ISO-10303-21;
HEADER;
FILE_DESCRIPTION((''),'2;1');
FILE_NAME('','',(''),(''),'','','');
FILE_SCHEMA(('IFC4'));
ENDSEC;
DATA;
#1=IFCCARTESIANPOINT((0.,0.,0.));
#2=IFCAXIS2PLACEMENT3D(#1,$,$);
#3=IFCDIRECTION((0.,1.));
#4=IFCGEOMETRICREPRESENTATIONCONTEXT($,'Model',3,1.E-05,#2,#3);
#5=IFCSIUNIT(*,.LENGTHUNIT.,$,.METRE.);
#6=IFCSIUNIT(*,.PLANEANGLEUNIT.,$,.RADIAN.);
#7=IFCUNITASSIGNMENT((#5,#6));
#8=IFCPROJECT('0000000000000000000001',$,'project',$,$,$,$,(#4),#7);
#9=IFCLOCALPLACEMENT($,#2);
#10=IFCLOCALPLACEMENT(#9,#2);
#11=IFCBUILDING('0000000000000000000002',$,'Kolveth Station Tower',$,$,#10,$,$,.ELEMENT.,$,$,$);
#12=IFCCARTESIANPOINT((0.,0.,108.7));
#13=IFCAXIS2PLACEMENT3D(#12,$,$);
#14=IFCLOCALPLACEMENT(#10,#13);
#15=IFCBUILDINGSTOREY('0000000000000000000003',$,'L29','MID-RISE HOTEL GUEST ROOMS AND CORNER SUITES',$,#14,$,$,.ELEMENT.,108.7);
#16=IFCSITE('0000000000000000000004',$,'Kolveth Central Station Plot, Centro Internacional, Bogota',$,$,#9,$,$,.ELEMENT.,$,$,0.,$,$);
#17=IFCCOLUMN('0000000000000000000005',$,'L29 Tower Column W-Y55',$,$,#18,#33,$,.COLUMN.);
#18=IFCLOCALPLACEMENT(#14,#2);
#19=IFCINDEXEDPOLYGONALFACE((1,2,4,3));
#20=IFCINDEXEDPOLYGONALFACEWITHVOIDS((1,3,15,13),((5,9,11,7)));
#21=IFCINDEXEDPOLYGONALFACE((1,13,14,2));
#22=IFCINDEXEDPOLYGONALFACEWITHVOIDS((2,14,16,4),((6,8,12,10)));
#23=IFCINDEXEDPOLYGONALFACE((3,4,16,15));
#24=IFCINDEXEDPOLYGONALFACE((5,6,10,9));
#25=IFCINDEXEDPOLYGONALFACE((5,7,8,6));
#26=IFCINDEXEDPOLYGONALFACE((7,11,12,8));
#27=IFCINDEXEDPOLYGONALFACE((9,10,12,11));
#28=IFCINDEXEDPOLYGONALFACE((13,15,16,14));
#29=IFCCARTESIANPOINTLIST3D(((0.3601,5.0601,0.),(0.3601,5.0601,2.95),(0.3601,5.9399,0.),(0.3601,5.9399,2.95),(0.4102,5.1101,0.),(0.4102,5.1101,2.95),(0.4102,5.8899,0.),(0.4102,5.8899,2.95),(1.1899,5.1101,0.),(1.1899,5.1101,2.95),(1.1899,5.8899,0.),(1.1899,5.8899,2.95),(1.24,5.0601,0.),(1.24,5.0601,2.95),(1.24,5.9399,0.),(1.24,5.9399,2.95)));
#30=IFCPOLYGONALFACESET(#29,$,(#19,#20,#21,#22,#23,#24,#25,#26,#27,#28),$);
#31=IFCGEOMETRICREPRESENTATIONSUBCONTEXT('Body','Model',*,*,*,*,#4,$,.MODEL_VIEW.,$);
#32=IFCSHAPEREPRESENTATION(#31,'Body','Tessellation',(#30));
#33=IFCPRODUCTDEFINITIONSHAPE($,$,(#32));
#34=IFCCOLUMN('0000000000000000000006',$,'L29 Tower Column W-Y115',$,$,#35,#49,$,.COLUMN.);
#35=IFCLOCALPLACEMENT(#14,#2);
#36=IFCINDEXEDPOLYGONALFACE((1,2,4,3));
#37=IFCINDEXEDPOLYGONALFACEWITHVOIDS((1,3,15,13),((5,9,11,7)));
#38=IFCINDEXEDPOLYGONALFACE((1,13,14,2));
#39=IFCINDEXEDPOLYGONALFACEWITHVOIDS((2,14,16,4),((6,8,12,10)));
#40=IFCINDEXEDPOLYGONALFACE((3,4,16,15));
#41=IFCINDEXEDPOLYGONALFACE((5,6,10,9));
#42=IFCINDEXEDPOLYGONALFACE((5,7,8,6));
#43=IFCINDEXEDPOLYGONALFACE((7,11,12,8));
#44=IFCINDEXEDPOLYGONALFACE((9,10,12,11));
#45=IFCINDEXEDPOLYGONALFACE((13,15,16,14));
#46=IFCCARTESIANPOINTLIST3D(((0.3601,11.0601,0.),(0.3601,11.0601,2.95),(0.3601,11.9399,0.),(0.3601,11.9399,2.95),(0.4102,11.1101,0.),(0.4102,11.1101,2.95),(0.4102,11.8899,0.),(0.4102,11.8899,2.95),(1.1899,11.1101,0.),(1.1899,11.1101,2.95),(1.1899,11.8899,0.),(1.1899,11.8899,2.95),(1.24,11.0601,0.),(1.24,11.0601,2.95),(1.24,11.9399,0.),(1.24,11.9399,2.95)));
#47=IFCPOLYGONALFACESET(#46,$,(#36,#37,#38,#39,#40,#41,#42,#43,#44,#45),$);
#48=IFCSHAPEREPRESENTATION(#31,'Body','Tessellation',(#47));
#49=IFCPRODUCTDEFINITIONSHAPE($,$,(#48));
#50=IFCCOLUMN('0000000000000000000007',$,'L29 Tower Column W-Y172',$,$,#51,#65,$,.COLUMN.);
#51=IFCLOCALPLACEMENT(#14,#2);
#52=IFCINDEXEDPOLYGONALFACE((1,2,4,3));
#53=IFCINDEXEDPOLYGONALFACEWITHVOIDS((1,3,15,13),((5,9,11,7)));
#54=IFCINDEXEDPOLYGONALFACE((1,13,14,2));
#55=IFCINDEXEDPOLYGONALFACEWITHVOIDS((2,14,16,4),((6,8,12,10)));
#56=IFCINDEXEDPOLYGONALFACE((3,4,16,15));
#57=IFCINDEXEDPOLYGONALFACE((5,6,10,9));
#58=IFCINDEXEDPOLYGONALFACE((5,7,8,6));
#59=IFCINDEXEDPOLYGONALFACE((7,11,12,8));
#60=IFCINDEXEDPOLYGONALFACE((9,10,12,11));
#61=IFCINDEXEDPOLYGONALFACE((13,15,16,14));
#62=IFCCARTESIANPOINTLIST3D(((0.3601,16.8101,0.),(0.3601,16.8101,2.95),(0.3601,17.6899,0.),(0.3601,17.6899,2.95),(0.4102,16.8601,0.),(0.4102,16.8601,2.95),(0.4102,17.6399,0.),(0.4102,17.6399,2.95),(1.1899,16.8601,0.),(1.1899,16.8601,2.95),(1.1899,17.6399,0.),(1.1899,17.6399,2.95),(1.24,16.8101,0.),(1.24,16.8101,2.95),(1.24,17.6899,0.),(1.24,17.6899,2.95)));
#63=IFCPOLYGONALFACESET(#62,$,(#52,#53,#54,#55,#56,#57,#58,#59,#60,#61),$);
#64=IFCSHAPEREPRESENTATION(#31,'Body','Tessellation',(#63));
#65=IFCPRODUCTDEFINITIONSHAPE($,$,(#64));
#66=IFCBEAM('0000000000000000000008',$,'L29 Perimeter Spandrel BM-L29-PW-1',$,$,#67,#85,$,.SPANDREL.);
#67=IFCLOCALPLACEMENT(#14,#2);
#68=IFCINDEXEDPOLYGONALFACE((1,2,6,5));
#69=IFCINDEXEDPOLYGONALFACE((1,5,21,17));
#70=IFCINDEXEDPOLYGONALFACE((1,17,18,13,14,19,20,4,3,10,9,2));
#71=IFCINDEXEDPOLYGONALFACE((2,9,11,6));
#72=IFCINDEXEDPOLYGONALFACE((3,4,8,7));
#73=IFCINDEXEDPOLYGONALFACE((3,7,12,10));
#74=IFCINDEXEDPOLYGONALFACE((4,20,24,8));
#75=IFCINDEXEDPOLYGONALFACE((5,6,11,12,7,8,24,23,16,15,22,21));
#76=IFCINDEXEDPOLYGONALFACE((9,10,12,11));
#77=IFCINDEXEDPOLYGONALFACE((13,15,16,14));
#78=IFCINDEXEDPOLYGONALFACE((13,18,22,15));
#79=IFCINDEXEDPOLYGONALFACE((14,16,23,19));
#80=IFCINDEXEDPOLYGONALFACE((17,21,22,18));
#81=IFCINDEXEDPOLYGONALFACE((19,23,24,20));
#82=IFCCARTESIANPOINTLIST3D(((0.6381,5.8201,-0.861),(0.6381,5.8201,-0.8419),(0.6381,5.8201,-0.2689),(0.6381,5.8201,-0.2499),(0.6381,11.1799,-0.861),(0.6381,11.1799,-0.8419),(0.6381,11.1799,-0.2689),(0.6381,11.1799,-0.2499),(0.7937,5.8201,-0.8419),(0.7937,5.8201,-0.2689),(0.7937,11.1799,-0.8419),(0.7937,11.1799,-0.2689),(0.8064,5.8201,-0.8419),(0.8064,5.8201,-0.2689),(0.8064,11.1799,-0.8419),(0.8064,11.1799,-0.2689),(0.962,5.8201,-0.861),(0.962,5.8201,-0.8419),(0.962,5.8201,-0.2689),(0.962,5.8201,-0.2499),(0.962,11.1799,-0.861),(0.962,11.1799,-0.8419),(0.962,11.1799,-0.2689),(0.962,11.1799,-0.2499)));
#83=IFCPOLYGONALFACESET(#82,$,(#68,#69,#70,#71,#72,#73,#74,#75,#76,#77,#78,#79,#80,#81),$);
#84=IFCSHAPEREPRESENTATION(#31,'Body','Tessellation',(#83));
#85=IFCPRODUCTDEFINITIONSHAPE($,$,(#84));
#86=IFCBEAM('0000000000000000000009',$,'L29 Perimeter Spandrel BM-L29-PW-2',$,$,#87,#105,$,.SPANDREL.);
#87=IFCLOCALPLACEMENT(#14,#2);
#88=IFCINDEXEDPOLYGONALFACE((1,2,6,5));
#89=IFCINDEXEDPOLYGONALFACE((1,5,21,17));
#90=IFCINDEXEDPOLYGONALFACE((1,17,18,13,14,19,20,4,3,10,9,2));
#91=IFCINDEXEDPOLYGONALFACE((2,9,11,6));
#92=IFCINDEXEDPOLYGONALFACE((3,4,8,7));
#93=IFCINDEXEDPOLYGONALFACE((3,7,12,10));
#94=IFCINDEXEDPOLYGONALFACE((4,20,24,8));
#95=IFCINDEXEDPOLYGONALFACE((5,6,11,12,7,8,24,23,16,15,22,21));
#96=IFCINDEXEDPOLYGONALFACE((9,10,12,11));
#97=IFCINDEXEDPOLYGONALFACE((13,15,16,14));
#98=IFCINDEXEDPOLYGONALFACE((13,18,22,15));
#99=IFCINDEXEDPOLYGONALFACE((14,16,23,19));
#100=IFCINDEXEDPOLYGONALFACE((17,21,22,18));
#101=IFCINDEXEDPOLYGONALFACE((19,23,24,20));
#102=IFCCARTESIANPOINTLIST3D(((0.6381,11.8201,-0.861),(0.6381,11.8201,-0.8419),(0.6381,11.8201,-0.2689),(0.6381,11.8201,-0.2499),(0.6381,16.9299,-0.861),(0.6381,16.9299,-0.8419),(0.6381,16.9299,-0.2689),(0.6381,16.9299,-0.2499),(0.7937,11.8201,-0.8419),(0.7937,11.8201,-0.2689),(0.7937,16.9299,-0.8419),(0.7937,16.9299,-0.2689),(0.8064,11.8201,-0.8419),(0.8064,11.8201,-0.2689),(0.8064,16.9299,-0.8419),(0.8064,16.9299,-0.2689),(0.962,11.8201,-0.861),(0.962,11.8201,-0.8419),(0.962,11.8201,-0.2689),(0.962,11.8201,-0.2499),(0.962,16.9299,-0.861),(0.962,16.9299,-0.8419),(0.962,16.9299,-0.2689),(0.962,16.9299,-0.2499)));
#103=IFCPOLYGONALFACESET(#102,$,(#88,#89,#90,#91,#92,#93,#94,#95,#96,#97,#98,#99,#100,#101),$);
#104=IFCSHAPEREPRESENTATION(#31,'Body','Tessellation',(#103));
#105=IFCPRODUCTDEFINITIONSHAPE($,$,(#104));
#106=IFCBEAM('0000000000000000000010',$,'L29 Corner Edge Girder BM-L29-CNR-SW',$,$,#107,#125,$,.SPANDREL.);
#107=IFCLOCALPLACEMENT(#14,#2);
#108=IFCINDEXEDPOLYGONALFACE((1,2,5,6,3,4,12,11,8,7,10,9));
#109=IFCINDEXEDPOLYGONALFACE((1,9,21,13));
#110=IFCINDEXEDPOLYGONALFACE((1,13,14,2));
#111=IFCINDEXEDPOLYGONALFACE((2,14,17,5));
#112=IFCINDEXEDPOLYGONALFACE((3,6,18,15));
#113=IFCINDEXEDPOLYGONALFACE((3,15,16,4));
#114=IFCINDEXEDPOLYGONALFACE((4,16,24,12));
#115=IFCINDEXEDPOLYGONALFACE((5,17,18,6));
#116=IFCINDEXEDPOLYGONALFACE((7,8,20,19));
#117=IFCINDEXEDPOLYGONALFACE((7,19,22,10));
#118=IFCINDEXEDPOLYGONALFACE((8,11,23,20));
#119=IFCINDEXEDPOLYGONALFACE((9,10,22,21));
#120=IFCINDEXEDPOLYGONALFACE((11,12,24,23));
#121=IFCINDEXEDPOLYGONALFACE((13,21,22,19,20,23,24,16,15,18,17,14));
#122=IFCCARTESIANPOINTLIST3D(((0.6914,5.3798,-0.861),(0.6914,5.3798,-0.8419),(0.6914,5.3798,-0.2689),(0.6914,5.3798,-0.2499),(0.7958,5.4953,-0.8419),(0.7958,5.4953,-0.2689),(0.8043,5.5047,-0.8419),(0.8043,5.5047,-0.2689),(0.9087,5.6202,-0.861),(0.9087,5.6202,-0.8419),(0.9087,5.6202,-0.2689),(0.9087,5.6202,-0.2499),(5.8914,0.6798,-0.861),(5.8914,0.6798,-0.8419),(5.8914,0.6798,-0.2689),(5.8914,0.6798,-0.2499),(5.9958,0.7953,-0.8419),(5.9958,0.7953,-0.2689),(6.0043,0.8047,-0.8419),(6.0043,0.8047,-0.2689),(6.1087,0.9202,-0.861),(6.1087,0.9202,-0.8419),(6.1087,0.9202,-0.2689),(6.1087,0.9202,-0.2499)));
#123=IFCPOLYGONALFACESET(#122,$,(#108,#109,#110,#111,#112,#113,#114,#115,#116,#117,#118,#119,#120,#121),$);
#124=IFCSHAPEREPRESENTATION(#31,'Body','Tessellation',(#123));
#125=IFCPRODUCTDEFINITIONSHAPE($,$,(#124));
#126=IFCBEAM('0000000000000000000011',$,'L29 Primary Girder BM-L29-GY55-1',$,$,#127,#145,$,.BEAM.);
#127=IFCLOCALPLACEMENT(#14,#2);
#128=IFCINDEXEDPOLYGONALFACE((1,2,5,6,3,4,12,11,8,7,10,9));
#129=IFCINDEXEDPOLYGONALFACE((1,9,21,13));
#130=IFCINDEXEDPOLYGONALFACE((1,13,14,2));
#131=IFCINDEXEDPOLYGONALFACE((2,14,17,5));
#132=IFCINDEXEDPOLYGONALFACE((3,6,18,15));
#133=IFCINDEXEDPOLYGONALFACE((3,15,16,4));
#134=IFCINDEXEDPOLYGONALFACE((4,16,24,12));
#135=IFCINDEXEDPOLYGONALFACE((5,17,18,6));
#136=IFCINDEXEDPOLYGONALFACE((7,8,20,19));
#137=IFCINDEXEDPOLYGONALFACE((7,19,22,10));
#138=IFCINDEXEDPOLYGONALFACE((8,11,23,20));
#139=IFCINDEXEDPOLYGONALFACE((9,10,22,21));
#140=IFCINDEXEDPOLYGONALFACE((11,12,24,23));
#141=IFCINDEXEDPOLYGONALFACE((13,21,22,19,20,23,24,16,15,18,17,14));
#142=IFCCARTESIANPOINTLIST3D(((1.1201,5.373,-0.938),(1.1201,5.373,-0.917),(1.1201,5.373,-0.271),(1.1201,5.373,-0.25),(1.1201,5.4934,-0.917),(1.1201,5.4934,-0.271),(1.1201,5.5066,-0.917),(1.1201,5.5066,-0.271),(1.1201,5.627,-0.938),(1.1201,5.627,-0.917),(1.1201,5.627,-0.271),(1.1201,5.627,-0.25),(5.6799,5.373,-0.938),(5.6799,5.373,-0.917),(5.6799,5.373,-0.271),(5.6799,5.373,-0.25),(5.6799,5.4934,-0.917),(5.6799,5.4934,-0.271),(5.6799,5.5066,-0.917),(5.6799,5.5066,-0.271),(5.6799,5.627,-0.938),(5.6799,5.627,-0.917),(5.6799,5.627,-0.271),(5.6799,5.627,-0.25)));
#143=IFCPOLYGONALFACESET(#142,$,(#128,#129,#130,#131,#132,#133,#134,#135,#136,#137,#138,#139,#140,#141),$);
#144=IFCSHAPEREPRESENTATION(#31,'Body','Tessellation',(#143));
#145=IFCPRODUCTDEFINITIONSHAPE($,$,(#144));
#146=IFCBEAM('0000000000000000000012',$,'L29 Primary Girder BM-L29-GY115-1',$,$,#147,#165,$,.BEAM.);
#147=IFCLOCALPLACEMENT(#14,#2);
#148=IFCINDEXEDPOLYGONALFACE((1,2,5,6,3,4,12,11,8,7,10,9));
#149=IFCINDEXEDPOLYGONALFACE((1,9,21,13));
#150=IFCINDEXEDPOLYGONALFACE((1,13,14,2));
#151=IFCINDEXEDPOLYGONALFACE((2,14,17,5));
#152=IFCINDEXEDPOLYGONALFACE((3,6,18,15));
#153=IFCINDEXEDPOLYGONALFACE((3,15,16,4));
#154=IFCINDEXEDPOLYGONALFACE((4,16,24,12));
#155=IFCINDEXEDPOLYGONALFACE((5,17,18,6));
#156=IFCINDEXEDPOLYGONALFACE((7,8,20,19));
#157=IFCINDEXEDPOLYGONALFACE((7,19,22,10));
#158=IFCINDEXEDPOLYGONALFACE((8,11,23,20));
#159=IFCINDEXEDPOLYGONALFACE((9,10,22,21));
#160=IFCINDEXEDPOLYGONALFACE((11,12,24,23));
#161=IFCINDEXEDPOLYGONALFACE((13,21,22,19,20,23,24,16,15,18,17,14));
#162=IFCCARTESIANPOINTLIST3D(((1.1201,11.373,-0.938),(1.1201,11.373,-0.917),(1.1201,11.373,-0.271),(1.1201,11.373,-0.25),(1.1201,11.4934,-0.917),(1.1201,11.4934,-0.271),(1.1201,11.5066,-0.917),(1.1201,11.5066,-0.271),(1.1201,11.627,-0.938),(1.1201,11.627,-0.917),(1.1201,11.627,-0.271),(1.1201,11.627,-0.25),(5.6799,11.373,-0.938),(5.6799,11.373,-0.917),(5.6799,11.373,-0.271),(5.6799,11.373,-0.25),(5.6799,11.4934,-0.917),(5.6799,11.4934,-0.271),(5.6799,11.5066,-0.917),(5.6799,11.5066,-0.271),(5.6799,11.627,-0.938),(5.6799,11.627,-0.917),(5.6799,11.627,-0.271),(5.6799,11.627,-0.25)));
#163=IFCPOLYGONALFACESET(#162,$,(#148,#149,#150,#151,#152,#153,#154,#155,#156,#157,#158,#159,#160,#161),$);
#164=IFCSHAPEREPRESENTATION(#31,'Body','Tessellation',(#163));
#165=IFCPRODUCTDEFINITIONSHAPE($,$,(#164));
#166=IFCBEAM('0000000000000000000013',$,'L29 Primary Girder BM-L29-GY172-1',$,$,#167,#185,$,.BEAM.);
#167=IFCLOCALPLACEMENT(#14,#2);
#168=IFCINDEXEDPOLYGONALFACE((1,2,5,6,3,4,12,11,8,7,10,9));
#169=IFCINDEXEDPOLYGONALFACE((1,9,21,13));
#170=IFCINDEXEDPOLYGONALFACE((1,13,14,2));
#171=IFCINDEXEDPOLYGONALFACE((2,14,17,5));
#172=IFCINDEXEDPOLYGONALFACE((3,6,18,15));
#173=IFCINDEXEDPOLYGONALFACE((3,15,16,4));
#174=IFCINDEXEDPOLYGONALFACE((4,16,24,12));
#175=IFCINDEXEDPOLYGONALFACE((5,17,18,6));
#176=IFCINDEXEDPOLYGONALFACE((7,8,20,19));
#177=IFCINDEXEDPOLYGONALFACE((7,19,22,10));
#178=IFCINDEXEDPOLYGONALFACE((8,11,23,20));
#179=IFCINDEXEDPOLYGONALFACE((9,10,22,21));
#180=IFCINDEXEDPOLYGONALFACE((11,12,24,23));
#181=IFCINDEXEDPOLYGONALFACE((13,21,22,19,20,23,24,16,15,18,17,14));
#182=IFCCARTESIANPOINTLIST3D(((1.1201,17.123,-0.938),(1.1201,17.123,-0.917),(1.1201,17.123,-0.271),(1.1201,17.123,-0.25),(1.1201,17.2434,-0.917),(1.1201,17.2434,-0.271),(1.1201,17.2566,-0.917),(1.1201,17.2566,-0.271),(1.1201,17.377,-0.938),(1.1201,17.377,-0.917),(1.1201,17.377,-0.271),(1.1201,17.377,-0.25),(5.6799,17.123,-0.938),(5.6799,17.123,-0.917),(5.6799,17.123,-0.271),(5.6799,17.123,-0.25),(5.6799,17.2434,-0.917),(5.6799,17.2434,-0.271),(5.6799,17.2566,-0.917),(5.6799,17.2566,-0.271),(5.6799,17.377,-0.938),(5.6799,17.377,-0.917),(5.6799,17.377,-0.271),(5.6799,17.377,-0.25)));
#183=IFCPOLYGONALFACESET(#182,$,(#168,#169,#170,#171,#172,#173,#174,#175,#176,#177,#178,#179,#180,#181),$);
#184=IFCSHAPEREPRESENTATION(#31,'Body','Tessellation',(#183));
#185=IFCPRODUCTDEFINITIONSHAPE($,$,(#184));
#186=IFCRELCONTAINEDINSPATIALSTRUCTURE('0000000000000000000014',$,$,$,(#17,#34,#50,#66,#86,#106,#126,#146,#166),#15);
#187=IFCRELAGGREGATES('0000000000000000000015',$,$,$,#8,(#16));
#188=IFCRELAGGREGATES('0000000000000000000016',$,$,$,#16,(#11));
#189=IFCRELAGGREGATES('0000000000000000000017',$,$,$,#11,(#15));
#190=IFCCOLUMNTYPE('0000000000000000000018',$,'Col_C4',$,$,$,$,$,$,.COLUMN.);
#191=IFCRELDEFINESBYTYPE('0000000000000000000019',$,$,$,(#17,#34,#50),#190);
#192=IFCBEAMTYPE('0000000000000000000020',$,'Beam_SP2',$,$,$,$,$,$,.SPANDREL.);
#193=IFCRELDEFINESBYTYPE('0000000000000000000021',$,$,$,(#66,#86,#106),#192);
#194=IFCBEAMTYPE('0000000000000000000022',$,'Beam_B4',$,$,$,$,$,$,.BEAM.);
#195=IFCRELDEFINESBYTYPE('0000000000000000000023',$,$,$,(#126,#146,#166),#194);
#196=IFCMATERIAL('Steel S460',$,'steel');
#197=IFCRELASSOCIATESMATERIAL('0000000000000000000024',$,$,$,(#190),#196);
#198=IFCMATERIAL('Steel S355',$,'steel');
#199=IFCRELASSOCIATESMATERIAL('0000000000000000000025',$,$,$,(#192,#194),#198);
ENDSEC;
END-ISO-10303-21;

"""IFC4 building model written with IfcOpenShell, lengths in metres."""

from ifc_helpers import new_model, si_unit, direction, frame, origin, origin_2d, place, context, subcontext, project, spatial, hollow_rectangle, i_section, extrude, source, transform, mapped, material, material_profile, profile_set, type_object, element, save


model = new_model("IFC4")

# Units and contexts
model_context = context("Model", 3, precision=1e-05, world=origin(), true_north=direction((0.0, 1.0)))
body_context = subcontext(model_context, "Body", "Model", "MODEL_VIEW")
ifc_project = project(units=[si_unit("LENGTHUNIT", "METRE"), si_unit("PLANEANGLEUNIT", "RADIAN")], contexts=[model_context])

# Site, building, storey
site_placement = place(None, origin())
site = spatial("IfcSite", under=ifc_project, at=site_placement, Name="Kolveth Central Station Plot, Centro Internacional, Bogota", CompositionType="ELEMENT", RefElevation=0.0)
building_placement = place(site_placement, origin())
building = spatial("IfcBuilding", under=site, at=building_placement, Name="Kolveth Station Tower", CompositionType="ELEMENT")
storey_placement = place(building_placement, frame((0.0, 0.0, 108.7)))
storey = spatial("IfcBuildingStorey", under=building, at=storey_placement, Name="L29", Description="MID-RISE HOTEL GUEST ROOMS AND CORNER SUITES", CompositionType="ELEMENT", Elevation=108.7)

# Columns
ifc_material_1 = material(Name="Steel S460", Category="steel")
ifc_material_profile_1 = material_profile(ifc_material_1, hollow_rectangle(XDim=0.8799, YDim=0.8799, WallThickness=0.05, at=origin_2d()), Name="BOX880x880x50")
ifc_profile_set_1 = profile_set([ifc_material_profile_1], Name="Steel S460")
column_type = type_object("IfcColumnType", Name="Col_C4", PredefinedType="COLUMN", material=ifc_profile_set_1)
shared_shape_1 = source(origin(), body_context, "Body", "SweptSolid", [
    extrude(hollow_rectangle(XDim=0.8799, YDim=0.8799, WallThickness=0.05, at=origin_2d()), origin(), (0.0, 0.0, 1.0), 2.95),
])
for number, where, z_axis, x_axis, name in (
    (1, (0.8, 5.5, 0.0), (0.0, 0.0, 1.0), (1.0, 0.0, 0.0), "L29 Tower Column W-Y55"),
    (2, (0.8, 11.5, 0.0), (0.0, 0.0, 1.0), (1.0, 0.0, 0.0), "L29 Tower Column W-Y115"),
    (3, (0.8, 17.25, 0.0), (0.0, 0.0, 1.0), (1.0, 0.0, 0.0), "L29 Tower Column W-Y172"),
):
    element("IfcColumn", number, at=place(storey_placement, frame(where, z_axis=z_axis, x_axis=x_axis)), inside=storey, type_object=column_type, Name=name, PredefinedType="COLUMN", context=body_context, shape_type="MappedRepresentation", body=[
        mapped(shared_shape_1, transform((0.0, 0.0, 0.0), x_axis=(1.0, 0.0, 0.0), y_axis=(0.0, 1.0, 0.0), z_axis=(0.0, 0.0, 1.0), scale=1.0)),
    ])

# Beams
ifc_material_2 = material(Name="Steel S355", Category="steel")
ifc_material_profile_2 = material_profile(ifc_material_2, i_section(OverallWidth=0.324, OverallDepth=0.6111, WebThickness=0.0127, FlangeThickness=0.019, at=origin_2d()), Name="W610x155")
ifc_profile_set_2 = profile_set([ifc_material_profile_2], Name="Steel S355")
beam_type_1 = type_object("IfcBeamType", Name="Beam_SP2", PredefinedType="SPANDREL", material=ifc_profile_set_2)
shared_shape_2 = source(origin(), body_context, "Body", "SweptSolid", [
    extrude(i_section(OverallWidth=0.324, OverallDepth=0.6111, WebThickness=0.0127, FlangeThickness=0.019, at=origin_2d()), origin(), (0.0, 0.0, 1.0), 5.3599),
])
beam_1_placement = place(storey_placement, frame((0.8, 5.8201, -0.5554), z_axis=(0.0, 1.0, 0.0), x_axis=(-1.0, 0.0, 0.0)))
element("IfcBeam", 4, at=beam_1_placement, inside=storey, type_object=beam_type_1, Name="L29 Perimeter Spandrel BM-L29-PW-1", PredefinedType="SPANDREL", context=body_context, shape_type="MappedRepresentation", body=[
    mapped(shared_shape_2, transform((0.0, 0.0, 0.0), x_axis=(1.0, 0.0, 0.0), y_axis=(0.0, 1.0, 0.0), z_axis=(0.0, 0.0, 1.0), scale=1.0)),
])
shared_shape_3 = source(origin(), body_context, "Body", "SweptSolid", [
    extrude(i_section(OverallWidth=0.324, OverallDepth=0.6111, WebThickness=0.0127, FlangeThickness=0.019, at=origin_2d()), origin(), (0.0, 0.0, 1.0), 5.1099),
])
beam_2_placement = place(storey_placement, frame((0.8, 11.8201, -0.5554), z_axis=(0.0, 1.0, 0.0), x_axis=(-1.0, 0.0, 0.0)))
element("IfcBeam", 5, at=beam_2_placement, inside=storey, type_object=beam_type_1, Name="L29 Perimeter Spandrel BM-L29-PW-2", PredefinedType="SPANDREL", context=body_context, shape_type="MappedRepresentation", body=[
    mapped(shared_shape_3, transform((0.0, 0.0, 0.0), x_axis=(1.0, 0.0, 0.0), y_axis=(0.0, 1.0, 0.0), z_axis=(0.0, 0.0, 1.0), scale=1.0)),
])
shared_shape_4 = source(origin(), body_context, "Body", "SweptSolid", [
    extrude(i_section(OverallWidth=0.324, OverallDepth=0.6111, WebThickness=0.0127, FlangeThickness=0.019, at=origin_2d()), origin(), (0.0, 0.0, 1.0), 7.0093),
])
beam_3_placement = place(storey_placement, frame((0.8, 5.5, -0.5554), z_axis=(0.741874, -0.670539, 0.0), x_axis=(0.670539, 0.741874, 0.0)))
element("IfcBeam", 6, at=beam_3_placement, inside=storey, type_object=beam_type_1, Name="L29 Corner Edge Girder BM-L29-CNR-SW", PredefinedType="SPANDREL", context=body_context, shape_type="MappedRepresentation", body=[
    mapped(shared_shape_4, transform((0.0, 0.0, 0.0), x_axis=(1.0, 0.0, 0.0), y_axis=(0.0, 1.0, 0.0), z_axis=(0.0, 0.0, 1.0), scale=1.0)),
])
ifc_material_profile_3 = material_profile(ifc_material_2, i_section(OverallWidth=0.2539, OverallDepth=0.688, WebThickness=0.0132, FlangeThickness=0.021, at=origin_2d()), Name="W690x152")
ifc_profile_set_3 = profile_set([ifc_material_profile_3], Name="Steel S355")
beam_type_2 = type_object("IfcBeamType", Name="Beam_B4", PredefinedType="BEAM", material=ifc_profile_set_3)
shared_shape_5 = source(origin(), body_context, "Body", "SweptSolid", [
    extrude(i_section(OverallWidth=0.2539, OverallDepth=0.688, WebThickness=0.0132, FlangeThickness=0.021, at=origin_2d()), origin(), (0.0, 0.0, 1.0), 4.5598),
])
for number, where, z_axis, x_axis, name in (
    (7, (1.1201, 5.5, -0.594), (1.0, 0.0, 0.0), (0.0, 1.0, 0.0), "L29 Primary Girder BM-L29-GY55-1"),
    (8, (1.1201, 11.5, -0.594), (1.0, 0.0, 0.0), (0.0, 1.0, 0.0), "L29 Primary Girder BM-L29-GY115-1"),
    (9, (1.1201, 17.25, -0.594), (1.0, 0.0, 0.0), (0.0, 1.0, 0.0), "L29 Primary Girder BM-L29-GY172-1"),
):
    element("IfcBeam", number, at=place(storey_placement, frame(where, z_axis=z_axis, x_axis=x_axis)), inside=storey, type_object=beam_type_2, Name=name, PredefinedType="BEAM", context=body_context, shape_type="MappedRepresentation", body=[
        mapped(shared_shape_5, transform((0.0, 0.0, 0.0), x_axis=(1.0, 0.0, 0.0), y_axis=(0.0, 1.0, 0.0), z_axis=(0.0, 0.0, 1.0), scale=1.0)),
    ])

save(model, "model.ifc")
